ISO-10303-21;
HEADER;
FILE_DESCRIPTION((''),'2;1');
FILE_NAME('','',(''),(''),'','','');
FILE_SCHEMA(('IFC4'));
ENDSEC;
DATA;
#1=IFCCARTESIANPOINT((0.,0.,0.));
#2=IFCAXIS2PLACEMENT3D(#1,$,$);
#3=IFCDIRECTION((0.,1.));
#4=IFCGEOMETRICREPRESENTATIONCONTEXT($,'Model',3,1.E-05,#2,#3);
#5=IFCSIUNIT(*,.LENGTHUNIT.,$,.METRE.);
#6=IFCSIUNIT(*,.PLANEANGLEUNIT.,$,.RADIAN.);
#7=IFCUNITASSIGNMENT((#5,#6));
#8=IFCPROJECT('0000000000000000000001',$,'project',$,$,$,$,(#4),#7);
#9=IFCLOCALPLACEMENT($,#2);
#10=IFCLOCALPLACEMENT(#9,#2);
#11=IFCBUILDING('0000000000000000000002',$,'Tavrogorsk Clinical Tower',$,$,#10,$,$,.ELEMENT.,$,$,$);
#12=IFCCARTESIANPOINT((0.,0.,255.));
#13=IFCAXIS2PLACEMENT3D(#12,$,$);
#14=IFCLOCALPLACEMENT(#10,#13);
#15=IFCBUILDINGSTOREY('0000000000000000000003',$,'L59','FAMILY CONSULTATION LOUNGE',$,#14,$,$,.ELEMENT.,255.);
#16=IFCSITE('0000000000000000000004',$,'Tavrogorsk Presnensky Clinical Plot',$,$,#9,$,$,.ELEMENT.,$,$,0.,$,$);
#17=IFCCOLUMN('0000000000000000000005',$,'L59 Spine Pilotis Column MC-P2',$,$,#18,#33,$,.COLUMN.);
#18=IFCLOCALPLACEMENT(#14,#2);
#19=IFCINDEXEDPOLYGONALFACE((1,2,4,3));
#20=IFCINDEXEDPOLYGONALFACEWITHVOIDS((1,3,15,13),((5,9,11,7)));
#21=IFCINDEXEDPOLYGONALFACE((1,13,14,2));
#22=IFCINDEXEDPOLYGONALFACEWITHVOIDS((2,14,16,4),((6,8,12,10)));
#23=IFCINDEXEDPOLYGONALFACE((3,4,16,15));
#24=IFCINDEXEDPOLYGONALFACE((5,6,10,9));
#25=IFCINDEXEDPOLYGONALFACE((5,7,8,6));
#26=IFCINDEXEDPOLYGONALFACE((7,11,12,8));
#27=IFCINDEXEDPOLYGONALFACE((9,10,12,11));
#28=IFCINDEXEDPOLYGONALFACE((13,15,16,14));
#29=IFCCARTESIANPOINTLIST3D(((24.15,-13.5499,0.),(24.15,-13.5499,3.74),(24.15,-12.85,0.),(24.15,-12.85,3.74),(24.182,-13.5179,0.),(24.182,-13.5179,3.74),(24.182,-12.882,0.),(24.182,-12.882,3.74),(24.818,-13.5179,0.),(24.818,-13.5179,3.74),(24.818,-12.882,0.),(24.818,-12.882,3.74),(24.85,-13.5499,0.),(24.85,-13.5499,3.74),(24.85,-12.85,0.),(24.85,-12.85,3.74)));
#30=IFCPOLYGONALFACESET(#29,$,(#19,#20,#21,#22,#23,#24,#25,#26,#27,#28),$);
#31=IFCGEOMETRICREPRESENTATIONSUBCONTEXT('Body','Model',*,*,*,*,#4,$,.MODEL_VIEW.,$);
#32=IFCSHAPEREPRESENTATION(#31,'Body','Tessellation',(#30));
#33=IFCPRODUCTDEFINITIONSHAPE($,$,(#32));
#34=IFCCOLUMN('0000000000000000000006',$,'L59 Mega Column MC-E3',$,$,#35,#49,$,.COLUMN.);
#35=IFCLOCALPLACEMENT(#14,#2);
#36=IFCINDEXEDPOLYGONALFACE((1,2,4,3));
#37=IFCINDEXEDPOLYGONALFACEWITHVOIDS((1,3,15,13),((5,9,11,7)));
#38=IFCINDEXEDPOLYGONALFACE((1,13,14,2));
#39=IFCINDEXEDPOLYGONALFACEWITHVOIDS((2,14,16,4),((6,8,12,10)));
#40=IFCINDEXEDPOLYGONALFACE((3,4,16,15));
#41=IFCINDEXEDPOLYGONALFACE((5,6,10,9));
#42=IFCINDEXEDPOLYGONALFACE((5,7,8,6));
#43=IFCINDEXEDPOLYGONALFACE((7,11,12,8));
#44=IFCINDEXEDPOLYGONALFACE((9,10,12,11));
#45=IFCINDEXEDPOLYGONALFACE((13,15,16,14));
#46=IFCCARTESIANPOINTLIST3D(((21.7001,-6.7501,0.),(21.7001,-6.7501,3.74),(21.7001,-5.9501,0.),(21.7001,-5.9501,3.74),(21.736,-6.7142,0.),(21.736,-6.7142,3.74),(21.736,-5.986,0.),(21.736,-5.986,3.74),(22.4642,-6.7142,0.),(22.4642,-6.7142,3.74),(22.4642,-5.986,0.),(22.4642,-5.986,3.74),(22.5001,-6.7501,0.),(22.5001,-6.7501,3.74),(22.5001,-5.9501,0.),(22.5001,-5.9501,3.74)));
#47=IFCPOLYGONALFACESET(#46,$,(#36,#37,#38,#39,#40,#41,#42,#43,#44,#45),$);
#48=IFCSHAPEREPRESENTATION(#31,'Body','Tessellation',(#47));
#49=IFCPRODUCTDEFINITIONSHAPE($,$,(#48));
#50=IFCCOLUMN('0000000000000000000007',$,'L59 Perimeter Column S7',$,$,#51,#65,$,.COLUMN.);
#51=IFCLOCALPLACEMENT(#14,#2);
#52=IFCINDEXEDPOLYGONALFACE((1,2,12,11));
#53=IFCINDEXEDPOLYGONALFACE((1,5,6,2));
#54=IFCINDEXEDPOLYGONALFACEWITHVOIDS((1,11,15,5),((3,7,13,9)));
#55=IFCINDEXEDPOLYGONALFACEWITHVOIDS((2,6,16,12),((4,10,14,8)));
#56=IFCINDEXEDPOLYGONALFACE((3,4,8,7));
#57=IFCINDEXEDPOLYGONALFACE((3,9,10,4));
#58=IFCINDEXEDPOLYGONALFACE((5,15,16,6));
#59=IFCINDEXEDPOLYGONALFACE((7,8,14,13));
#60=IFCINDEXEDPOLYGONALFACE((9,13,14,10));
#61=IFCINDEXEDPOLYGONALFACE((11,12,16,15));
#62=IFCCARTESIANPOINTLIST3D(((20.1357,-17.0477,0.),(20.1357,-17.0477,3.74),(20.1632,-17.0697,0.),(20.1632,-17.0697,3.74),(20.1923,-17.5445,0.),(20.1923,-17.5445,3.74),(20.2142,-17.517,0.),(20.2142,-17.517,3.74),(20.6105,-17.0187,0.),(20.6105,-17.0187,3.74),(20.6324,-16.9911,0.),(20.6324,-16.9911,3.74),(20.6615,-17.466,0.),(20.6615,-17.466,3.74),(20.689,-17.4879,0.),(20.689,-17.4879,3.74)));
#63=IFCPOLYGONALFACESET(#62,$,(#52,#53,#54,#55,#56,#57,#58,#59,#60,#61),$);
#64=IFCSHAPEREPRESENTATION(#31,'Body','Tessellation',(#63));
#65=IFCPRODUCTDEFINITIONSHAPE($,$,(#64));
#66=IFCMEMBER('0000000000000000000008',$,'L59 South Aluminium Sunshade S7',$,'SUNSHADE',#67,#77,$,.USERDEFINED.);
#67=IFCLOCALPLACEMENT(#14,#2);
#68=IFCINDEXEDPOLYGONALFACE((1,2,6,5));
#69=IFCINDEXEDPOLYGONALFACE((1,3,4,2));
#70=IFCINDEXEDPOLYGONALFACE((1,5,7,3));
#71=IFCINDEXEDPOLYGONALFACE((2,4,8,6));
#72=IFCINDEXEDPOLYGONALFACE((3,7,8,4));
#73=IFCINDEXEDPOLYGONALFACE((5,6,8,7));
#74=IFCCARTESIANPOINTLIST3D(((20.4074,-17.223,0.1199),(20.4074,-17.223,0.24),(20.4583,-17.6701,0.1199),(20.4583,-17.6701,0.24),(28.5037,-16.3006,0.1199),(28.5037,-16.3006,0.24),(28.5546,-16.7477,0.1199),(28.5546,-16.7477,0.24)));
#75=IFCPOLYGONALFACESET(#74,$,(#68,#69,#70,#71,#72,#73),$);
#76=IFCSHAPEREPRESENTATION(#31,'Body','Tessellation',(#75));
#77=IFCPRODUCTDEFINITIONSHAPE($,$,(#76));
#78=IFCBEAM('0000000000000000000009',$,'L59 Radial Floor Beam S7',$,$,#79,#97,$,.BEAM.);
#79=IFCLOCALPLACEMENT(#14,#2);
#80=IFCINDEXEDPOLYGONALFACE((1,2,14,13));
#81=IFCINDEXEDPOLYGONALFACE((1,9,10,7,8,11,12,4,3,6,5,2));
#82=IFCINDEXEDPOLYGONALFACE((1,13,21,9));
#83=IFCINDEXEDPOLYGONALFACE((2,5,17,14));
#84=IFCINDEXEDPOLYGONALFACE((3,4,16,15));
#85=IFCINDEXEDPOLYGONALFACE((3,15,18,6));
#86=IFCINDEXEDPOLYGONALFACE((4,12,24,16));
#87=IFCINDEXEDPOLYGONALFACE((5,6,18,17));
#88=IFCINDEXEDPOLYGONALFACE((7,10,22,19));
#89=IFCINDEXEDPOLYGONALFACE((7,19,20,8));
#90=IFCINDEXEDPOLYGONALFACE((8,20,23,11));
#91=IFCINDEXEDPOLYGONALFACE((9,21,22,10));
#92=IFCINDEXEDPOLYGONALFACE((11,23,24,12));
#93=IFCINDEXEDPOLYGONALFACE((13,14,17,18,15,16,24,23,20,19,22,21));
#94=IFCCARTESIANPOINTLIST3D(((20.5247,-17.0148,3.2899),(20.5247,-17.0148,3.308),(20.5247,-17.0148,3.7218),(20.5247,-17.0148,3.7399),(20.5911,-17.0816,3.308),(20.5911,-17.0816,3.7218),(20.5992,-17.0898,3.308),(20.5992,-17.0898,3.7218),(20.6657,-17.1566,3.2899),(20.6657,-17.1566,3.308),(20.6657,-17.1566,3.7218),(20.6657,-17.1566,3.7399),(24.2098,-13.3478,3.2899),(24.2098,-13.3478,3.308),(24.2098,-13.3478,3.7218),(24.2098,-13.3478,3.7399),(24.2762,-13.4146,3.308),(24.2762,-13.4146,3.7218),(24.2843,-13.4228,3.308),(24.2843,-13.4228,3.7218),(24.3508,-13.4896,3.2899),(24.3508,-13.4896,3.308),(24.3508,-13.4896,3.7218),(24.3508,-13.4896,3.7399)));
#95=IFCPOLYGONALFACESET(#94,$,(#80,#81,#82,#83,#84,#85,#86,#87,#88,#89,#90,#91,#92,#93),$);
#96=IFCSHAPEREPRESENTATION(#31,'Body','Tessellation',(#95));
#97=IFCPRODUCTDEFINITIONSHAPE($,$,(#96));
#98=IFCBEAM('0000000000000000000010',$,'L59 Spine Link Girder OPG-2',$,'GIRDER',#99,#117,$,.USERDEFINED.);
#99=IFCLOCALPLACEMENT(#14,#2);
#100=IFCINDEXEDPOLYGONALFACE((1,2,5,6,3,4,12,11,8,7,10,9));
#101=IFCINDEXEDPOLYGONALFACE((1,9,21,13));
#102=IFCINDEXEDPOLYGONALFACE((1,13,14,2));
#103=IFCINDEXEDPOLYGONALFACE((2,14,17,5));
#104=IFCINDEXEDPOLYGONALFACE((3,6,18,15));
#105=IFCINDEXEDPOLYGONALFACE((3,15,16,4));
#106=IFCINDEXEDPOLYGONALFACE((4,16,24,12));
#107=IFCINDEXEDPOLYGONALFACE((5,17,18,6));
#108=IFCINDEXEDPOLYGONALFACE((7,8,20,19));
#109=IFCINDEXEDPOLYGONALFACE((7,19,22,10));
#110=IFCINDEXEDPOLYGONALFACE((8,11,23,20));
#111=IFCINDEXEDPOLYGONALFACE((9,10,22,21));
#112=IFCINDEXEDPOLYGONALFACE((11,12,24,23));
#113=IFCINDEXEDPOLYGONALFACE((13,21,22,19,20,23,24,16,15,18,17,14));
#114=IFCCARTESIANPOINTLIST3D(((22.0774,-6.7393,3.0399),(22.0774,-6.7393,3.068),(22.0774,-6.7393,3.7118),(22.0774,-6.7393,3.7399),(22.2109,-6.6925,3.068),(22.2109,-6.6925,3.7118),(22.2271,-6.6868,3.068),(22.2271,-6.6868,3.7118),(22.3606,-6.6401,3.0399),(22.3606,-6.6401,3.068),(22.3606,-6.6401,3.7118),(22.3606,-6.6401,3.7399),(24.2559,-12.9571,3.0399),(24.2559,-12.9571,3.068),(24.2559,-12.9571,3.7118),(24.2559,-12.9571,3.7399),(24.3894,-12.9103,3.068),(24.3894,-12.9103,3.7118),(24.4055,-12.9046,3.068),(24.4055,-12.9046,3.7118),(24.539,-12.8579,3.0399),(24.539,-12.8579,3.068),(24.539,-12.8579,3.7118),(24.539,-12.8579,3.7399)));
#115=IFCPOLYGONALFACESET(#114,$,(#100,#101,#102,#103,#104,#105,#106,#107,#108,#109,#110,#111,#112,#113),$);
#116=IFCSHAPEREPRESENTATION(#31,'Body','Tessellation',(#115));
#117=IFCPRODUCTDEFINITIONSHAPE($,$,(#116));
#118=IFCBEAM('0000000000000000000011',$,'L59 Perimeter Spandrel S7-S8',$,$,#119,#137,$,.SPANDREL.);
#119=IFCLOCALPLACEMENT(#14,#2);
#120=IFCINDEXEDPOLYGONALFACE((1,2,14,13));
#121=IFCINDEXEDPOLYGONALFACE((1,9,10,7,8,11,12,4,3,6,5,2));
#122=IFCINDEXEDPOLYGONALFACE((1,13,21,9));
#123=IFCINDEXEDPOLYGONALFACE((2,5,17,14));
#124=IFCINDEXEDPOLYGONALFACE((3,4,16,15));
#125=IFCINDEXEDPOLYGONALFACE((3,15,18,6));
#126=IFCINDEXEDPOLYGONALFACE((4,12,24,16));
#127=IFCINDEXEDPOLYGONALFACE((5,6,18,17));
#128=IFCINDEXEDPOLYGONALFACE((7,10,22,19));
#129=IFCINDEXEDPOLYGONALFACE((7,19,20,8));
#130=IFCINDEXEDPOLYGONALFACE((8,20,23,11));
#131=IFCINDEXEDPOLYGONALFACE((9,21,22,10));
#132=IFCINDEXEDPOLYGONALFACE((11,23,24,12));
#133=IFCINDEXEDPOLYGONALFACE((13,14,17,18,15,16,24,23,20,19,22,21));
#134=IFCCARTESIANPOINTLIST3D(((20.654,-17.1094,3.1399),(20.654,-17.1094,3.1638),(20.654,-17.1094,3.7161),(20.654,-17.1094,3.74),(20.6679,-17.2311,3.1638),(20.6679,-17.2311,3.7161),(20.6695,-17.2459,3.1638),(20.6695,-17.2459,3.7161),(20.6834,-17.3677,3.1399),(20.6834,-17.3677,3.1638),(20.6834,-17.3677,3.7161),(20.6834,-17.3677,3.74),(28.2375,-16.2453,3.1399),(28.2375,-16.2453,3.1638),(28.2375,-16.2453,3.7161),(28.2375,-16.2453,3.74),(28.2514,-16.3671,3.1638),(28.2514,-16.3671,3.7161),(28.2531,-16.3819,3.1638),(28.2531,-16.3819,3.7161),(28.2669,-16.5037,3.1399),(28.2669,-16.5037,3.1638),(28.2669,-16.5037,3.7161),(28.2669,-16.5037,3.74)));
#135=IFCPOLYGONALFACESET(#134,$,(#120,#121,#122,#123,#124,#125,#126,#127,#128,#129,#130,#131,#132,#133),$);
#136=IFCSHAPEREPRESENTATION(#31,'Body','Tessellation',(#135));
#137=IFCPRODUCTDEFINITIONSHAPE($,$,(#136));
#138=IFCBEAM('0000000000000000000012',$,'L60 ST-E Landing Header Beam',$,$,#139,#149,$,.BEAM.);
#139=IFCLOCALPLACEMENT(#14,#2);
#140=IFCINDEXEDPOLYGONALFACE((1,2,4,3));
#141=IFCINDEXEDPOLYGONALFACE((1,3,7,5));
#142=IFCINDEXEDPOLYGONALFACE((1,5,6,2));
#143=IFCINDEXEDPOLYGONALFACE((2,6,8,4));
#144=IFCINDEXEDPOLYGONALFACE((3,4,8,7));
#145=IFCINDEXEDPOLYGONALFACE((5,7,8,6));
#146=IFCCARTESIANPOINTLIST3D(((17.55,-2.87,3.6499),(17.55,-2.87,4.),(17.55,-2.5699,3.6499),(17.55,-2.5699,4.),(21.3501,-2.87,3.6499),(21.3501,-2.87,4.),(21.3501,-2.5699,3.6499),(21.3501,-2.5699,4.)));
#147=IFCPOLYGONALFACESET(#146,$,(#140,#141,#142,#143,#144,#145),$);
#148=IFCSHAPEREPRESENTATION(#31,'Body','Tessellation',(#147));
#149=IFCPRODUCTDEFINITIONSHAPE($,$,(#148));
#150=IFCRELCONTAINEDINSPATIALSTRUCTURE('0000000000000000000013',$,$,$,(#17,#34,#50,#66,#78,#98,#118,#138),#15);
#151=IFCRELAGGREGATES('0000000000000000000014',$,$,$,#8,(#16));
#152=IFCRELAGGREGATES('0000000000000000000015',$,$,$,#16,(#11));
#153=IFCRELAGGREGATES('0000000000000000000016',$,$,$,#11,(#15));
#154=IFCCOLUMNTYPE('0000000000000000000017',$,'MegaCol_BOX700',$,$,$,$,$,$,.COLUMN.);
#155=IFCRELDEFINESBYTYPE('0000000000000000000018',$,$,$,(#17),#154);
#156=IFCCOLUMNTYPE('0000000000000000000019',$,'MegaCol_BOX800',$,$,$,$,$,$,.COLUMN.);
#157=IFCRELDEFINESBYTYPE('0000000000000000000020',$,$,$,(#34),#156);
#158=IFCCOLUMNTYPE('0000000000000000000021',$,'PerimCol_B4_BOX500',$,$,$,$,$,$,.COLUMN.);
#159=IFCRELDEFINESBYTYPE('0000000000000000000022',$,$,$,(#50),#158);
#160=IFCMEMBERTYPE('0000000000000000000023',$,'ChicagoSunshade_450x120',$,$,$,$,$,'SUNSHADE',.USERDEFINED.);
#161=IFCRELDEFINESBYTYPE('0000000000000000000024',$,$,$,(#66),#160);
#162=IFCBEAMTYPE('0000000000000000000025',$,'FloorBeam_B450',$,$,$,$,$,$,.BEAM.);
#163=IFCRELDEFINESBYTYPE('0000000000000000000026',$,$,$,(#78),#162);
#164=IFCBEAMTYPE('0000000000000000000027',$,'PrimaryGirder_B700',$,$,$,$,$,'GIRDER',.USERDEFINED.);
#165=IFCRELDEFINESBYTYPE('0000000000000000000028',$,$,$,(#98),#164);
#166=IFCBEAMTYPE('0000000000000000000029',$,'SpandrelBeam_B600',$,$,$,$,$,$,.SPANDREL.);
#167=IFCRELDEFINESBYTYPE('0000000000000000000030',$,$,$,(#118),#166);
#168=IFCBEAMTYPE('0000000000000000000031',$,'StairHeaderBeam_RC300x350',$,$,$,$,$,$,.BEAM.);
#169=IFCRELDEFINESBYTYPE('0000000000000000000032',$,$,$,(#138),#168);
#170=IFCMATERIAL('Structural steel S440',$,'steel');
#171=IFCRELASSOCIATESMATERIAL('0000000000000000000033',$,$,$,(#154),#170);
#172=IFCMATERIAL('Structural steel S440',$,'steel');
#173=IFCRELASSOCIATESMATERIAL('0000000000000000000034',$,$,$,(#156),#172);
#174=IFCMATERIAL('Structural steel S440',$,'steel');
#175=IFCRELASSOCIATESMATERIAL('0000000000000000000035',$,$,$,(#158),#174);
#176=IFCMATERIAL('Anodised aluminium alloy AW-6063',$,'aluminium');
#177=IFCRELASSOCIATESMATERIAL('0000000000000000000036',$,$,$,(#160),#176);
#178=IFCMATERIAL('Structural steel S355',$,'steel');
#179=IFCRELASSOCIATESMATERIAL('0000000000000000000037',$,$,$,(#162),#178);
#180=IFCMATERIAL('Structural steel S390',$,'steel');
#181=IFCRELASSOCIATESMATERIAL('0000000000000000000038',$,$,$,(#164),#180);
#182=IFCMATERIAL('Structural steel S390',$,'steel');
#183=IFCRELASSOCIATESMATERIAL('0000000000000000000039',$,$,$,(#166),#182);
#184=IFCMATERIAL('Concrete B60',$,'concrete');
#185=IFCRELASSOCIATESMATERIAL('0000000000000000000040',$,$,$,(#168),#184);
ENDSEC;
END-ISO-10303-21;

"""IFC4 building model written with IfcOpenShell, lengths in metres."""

from ifc_helpers import new_model, si_unit, direction, frame, origin, origin_2d, place, context, subcontext, project, spatial, rectangle, hollow_rectangle, i_section, extrude, material, material_profile, profile_set, type_object, element, save


model = new_model("IFC4")

# Units and contexts
model_context = context("Model", 3, precision=1e-05, world=origin(), true_north=direction((0.0, 1.0)))
body_context = subcontext(model_context, "Body", "Model", "MODEL_VIEW")
ifc_project = project(units=[si_unit("LENGTHUNIT", "METRE"), si_unit("PLANEANGLEUNIT", "RADIAN")], contexts=[model_context])

# Site, building, storey
site_placement = place(None, origin())
site = spatial("IfcSite", under=ifc_project, at=site_placement, Name="Tavrogorsk Presnensky Clinical Plot", CompositionType="ELEMENT", RefElevation=0.0)
building_placement = place(site_placement, origin())
building = spatial("IfcBuilding", under=site, at=building_placement, Name="Tavrogorsk Clinical Tower", CompositionType="ELEMENT")
storey_placement = place(building_placement, frame((0.0, 0.0, 255.0)))
storey = spatial("IfcBuildingStorey", under=building, at=storey_placement, Name="L59", Description="FAMILY CONSULTATION LOUNGE", CompositionType="ELEMENT", Elevation=255.0)

# Columns
ifc_material_1 = material(Name="Structural steel S440", Category="steel")
ifc_material_profile_1 = material_profile(ifc_material_1, hollow_rectangle(XDim=0.7, YDim=0.7, WallThickness=0.032, at=origin_2d()), Name="BOX-700x700x32")
ifc_profile_set_1 = profile_set([ifc_material_profile_1], Name="Structural steel S440")
column_type_1 = type_object("IfcColumnType", Name="MegaCol_BOX700", PredefinedType="COLUMN", material=ifc_profile_set_1)
column_1_placement = place(storey_placement, frame((24.5, -13.2, 0.0), z_axis=(0.0, 0.0, 1.0), x_axis=(1.0, 0.0, 0.0)))
element("IfcColumn", 1, at=column_1_placement, inside=storey, type_object=column_type_1, Name="L59 Spine Pilotis Column MC-P2", PredefinedType="COLUMN", context=body_context, shape_type="SweptSolid", body=[
    extrude(hollow_rectangle(XDim=0.7, YDim=0.7, WallThickness=0.032, at=origin_2d()), origin(), (0.0, 0.0, 1.0), 3.74),
])
ifc_material_2 = material(Name="Structural steel S440", Category="steel")
ifc_material_profile_2 = material_profile(ifc_material_2, hollow_rectangle(XDim=0.8, YDim=0.8, WallThickness=0.0359, at=origin_2d()), Name="BOX-800x800x36")
ifc_profile_set_2 = profile_set([ifc_material_profile_2], Name="Structural steel S440")
column_type_2 = type_object("IfcColumnType", Name="MegaCol_BOX800", PredefinedType="COLUMN", material=ifc_profile_set_2)
column_2_placement = place(storey_placement, frame((22.1001, -6.3501, 0.0), z_axis=(0.0, 0.0, 1.0), x_axis=(1.0, 0.0, 0.0)))
element("IfcColumn", 2, at=column_2_placement, inside=storey, type_object=column_type_2, Name="L59 Mega Column MC-E3", PredefinedType="COLUMN", context=body_context, shape_type="SweptSolid", body=[
    extrude(hollow_rectangle(XDim=0.8, YDim=0.8, WallThickness=0.0359, at=origin_2d()), origin(), (0.0, 0.0, 1.0), 3.74),
])
ifc_material_3 = material(Name="Structural steel S440", Category="steel")
ifc_material_profile_3 = material_profile(ifc_material_3, hollow_rectangle(XDim=0.5, YDim=0.5, WallThickness=0.0249, at=origin_2d()), Name="BOX-500x500x25")
ifc_profile_set_3 = profile_set([ifc_material_profile_3], Name="Structural steel S440")
column_type_3 = type_object("IfcColumnType", Name="PerimCol_B4_BOX500", PredefinedType="COLUMN", material=ifc_profile_set_3)
column_3_placement = place(storey_placement, frame((20.4124, -17.2678, 0.0), z_axis=(0.0, 0.0, 1.0), x_axis=(0.993572, 0.113203, 0.0)))
element("IfcColumn", 3, at=column_3_placement, inside=storey, type_object=column_type_3, Name="L59 Perimeter Column S7", PredefinedType="COLUMN", context=body_context, shape_type="SweptSolid", body=[
    extrude(hollow_rectangle(XDim=0.5, YDim=0.5, WallThickness=0.0249, at=origin_2d()), origin(), (0.0, 0.0, 1.0), 3.74),
])

# Member
ifc_material_4 = material(Name="Anodised aluminium alloy AW-6063", Category="aluminium")
ifc_material_profile_4 = material_profile(ifc_material_4, rectangle(XDim=0.45, YDim=0.1201, at=origin_2d()), Name="ALU-SUNSHADE-450x120")
ifc_profile_set_4 = profile_set([ifc_material_profile_4], Name="Anodised aluminium alloy AW-6063")
member_type = type_object("IfcMemberType", Name="ChicagoSunshade_450x120", ElementType="SUNSHADE", PredefinedType="USERDEFINED", material=ifc_profile_set_4)
member_placement = place(storey_placement, frame((20.4329, -17.4465, 0.1799), z_axis=(0.993573, 0.113193, 0.0), x_axis=(-0.113193, 0.993573, 0.0)))
element("IfcMember", 4, at=member_placement, inside=storey, type_object=member_type, Name="L59 South Aluminium Sunshade S7", ObjectType="SUNSHADE", PredefinedType="USERDEFINED", context=body_context, shape_type="SweptSolid", body=[
    extrude(rectangle(XDim=0.45, YDim=0.1201, at=origin_2d()), origin(), (0.0, 0.0, 1.0), 8.1487),
])

# Beams
ifc_material_5 = material(Name="Structural steel S355", Category="steel")
ifc_material_profile_5 = material_profile(ifc_material_5, i_section(OverallWidth=0.2, OverallDepth=0.45, WebThickness=0.0115, FlangeThickness=0.0181, at=origin_2d()), Name="B-450x200x11.5x18")
ifc_profile_set_5 = profile_set([ifc_material_profile_5], Name="Structural steel S355")
beam_type_1 = type_object("IfcBeamType", Name="FloorBeam_B450", PredefinedType="BEAM", material=ifc_profile_set_5)
beam_1_placement = place(storey_placement, frame((24.2803, -13.4187, 3.5149), z_axis=(-0.708842, -0.705367, 0.0), x_axis=(0.705367, -0.708842, 0.0)))
element("IfcBeam", 5, at=beam_1_placement, inside=storey, type_object=beam_type_1, Name="L59 Radial Floor Beam S7", PredefinedType="BEAM", context=body_context, shape_type="SweptSolid", body=[
    extrude(i_section(OverallWidth=0.2, OverallDepth=0.45, WebThickness=0.0115, FlangeThickness=0.0181, at=origin_2d()), origin(), (0.0, 0.0, 1.0), 5.1987),
])
ifc_material_6 = material(Name="Structural steel S390", Category="steel")
ifc_material_profile_6 = material_profile(ifc_material_6, i_section(OverallWidth=0.3, OverallDepth=0.7, WebThickness=0.0171, FlangeThickness=0.0281, at=origin_2d()), Name="B-700x300x17x28")
ifc_profile_set_6 = profile_set([ifc_material_profile_6], Name="Structural steel S390")
beam_type_2 = type_object("IfcBeamType", Name="PrimaryGirder_B700", ElementType="GIRDER", PredefinedType="USERDEFINED", material=ifc_profile_set_6)
beam_2_placement = place(storey_placement, frame((24.3975, -12.9075, 3.3899), z_axis=(-0.330654, 0.943752, 0.0), x_axis=(-0.943752, -0.330654, 0.0)))
element("IfcBeam", 6, at=beam_2_placement, inside=storey, type_object=beam_type_2, Name="L59 Spine Link Girder OPG-2", ObjectType="GIRDER", PredefinedType="USERDEFINED", context=body_context, shape_type="SweptSolid", body=[
    extrude(i_section(OverallWidth=0.3, OverallDepth=0.7, WebThickness=0.0171, FlangeThickness=0.0281, at=origin_2d()), origin(), (0.0, 0.0, 1.0), 6.5884),
])
ifc_material_7 = material(Name="Structural steel S390", Category="steel")
ifc_material_profile_7 = material_profile(ifc_material_7, i_section(OverallWidth=0.26, OverallDepth=0.6001, WebThickness=0.0149, FlangeThickness=0.0239, at=origin_2d()), Name="B-600x260x15x24")
ifc_profile_set_7 = profile_set([ifc_material_profile_7], Name="Structural steel S390")
beam_type_3 = type_object("IfcBeamType", Name="SpandrelBeam_B600", PredefinedType="SPANDREL", material=ifc_profile_set_7)
beam_3_placement = place(storey_placement, frame((20.6687, -17.2385, 3.4399), z_axis=(0.993572, 0.113201, 0.0), x_axis=(-0.113201, 0.993572, 0.0)))
element("IfcBeam", 7, at=beam_3_placement, inside=storey, type_object=beam_type_3, Name="L59 Perimeter Spandrel S7-S8", PredefinedType="SPANDREL", context=body_context, shape_type="SweptSolid", body=[
    extrude(i_section(OverallWidth=0.26, OverallDepth=0.6001, WebThickness=0.0149, FlangeThickness=0.0239, at=origin_2d()), origin(), (0.0, 0.0, 1.0), 7.6326),
])
ifc_material_8 = material(Name="Concrete B60", Category="concrete")
ifc_material_profile_8 = material_profile(ifc_material_8, rectangle(XDim=0.3, YDim=0.3501, at=origin_2d()), Name="RC-SHB-300x350")
ifc_profile_set_8 = profile_set([ifc_material_profile_8], Name="Concrete B60")
beam_type_4 = type_object("IfcBeamType", Name="StairHeaderBeam_RC300x350", PredefinedType="BEAM", material=ifc_profile_set_8)
beam_4_placement = place(storey_placement, frame((17.55, -2.72, 3.825), z_axis=(1.0, 0.0, 0.0), x_axis=(0.0, 1.0, 0.0)))
element("IfcBeam", 8, at=beam_4_placement, inside=storey, type_object=beam_type_4, Name="L60 ST-E Landing Header Beam", PredefinedType="BEAM", context=body_context, shape_type="SweptSolid", body=[
    extrude(rectangle(XDim=0.3, YDim=0.3501, at=origin_2d()), origin(), (0.0, 0.0, 1.0), 3.8),
])

save(model, "model.ifc")
